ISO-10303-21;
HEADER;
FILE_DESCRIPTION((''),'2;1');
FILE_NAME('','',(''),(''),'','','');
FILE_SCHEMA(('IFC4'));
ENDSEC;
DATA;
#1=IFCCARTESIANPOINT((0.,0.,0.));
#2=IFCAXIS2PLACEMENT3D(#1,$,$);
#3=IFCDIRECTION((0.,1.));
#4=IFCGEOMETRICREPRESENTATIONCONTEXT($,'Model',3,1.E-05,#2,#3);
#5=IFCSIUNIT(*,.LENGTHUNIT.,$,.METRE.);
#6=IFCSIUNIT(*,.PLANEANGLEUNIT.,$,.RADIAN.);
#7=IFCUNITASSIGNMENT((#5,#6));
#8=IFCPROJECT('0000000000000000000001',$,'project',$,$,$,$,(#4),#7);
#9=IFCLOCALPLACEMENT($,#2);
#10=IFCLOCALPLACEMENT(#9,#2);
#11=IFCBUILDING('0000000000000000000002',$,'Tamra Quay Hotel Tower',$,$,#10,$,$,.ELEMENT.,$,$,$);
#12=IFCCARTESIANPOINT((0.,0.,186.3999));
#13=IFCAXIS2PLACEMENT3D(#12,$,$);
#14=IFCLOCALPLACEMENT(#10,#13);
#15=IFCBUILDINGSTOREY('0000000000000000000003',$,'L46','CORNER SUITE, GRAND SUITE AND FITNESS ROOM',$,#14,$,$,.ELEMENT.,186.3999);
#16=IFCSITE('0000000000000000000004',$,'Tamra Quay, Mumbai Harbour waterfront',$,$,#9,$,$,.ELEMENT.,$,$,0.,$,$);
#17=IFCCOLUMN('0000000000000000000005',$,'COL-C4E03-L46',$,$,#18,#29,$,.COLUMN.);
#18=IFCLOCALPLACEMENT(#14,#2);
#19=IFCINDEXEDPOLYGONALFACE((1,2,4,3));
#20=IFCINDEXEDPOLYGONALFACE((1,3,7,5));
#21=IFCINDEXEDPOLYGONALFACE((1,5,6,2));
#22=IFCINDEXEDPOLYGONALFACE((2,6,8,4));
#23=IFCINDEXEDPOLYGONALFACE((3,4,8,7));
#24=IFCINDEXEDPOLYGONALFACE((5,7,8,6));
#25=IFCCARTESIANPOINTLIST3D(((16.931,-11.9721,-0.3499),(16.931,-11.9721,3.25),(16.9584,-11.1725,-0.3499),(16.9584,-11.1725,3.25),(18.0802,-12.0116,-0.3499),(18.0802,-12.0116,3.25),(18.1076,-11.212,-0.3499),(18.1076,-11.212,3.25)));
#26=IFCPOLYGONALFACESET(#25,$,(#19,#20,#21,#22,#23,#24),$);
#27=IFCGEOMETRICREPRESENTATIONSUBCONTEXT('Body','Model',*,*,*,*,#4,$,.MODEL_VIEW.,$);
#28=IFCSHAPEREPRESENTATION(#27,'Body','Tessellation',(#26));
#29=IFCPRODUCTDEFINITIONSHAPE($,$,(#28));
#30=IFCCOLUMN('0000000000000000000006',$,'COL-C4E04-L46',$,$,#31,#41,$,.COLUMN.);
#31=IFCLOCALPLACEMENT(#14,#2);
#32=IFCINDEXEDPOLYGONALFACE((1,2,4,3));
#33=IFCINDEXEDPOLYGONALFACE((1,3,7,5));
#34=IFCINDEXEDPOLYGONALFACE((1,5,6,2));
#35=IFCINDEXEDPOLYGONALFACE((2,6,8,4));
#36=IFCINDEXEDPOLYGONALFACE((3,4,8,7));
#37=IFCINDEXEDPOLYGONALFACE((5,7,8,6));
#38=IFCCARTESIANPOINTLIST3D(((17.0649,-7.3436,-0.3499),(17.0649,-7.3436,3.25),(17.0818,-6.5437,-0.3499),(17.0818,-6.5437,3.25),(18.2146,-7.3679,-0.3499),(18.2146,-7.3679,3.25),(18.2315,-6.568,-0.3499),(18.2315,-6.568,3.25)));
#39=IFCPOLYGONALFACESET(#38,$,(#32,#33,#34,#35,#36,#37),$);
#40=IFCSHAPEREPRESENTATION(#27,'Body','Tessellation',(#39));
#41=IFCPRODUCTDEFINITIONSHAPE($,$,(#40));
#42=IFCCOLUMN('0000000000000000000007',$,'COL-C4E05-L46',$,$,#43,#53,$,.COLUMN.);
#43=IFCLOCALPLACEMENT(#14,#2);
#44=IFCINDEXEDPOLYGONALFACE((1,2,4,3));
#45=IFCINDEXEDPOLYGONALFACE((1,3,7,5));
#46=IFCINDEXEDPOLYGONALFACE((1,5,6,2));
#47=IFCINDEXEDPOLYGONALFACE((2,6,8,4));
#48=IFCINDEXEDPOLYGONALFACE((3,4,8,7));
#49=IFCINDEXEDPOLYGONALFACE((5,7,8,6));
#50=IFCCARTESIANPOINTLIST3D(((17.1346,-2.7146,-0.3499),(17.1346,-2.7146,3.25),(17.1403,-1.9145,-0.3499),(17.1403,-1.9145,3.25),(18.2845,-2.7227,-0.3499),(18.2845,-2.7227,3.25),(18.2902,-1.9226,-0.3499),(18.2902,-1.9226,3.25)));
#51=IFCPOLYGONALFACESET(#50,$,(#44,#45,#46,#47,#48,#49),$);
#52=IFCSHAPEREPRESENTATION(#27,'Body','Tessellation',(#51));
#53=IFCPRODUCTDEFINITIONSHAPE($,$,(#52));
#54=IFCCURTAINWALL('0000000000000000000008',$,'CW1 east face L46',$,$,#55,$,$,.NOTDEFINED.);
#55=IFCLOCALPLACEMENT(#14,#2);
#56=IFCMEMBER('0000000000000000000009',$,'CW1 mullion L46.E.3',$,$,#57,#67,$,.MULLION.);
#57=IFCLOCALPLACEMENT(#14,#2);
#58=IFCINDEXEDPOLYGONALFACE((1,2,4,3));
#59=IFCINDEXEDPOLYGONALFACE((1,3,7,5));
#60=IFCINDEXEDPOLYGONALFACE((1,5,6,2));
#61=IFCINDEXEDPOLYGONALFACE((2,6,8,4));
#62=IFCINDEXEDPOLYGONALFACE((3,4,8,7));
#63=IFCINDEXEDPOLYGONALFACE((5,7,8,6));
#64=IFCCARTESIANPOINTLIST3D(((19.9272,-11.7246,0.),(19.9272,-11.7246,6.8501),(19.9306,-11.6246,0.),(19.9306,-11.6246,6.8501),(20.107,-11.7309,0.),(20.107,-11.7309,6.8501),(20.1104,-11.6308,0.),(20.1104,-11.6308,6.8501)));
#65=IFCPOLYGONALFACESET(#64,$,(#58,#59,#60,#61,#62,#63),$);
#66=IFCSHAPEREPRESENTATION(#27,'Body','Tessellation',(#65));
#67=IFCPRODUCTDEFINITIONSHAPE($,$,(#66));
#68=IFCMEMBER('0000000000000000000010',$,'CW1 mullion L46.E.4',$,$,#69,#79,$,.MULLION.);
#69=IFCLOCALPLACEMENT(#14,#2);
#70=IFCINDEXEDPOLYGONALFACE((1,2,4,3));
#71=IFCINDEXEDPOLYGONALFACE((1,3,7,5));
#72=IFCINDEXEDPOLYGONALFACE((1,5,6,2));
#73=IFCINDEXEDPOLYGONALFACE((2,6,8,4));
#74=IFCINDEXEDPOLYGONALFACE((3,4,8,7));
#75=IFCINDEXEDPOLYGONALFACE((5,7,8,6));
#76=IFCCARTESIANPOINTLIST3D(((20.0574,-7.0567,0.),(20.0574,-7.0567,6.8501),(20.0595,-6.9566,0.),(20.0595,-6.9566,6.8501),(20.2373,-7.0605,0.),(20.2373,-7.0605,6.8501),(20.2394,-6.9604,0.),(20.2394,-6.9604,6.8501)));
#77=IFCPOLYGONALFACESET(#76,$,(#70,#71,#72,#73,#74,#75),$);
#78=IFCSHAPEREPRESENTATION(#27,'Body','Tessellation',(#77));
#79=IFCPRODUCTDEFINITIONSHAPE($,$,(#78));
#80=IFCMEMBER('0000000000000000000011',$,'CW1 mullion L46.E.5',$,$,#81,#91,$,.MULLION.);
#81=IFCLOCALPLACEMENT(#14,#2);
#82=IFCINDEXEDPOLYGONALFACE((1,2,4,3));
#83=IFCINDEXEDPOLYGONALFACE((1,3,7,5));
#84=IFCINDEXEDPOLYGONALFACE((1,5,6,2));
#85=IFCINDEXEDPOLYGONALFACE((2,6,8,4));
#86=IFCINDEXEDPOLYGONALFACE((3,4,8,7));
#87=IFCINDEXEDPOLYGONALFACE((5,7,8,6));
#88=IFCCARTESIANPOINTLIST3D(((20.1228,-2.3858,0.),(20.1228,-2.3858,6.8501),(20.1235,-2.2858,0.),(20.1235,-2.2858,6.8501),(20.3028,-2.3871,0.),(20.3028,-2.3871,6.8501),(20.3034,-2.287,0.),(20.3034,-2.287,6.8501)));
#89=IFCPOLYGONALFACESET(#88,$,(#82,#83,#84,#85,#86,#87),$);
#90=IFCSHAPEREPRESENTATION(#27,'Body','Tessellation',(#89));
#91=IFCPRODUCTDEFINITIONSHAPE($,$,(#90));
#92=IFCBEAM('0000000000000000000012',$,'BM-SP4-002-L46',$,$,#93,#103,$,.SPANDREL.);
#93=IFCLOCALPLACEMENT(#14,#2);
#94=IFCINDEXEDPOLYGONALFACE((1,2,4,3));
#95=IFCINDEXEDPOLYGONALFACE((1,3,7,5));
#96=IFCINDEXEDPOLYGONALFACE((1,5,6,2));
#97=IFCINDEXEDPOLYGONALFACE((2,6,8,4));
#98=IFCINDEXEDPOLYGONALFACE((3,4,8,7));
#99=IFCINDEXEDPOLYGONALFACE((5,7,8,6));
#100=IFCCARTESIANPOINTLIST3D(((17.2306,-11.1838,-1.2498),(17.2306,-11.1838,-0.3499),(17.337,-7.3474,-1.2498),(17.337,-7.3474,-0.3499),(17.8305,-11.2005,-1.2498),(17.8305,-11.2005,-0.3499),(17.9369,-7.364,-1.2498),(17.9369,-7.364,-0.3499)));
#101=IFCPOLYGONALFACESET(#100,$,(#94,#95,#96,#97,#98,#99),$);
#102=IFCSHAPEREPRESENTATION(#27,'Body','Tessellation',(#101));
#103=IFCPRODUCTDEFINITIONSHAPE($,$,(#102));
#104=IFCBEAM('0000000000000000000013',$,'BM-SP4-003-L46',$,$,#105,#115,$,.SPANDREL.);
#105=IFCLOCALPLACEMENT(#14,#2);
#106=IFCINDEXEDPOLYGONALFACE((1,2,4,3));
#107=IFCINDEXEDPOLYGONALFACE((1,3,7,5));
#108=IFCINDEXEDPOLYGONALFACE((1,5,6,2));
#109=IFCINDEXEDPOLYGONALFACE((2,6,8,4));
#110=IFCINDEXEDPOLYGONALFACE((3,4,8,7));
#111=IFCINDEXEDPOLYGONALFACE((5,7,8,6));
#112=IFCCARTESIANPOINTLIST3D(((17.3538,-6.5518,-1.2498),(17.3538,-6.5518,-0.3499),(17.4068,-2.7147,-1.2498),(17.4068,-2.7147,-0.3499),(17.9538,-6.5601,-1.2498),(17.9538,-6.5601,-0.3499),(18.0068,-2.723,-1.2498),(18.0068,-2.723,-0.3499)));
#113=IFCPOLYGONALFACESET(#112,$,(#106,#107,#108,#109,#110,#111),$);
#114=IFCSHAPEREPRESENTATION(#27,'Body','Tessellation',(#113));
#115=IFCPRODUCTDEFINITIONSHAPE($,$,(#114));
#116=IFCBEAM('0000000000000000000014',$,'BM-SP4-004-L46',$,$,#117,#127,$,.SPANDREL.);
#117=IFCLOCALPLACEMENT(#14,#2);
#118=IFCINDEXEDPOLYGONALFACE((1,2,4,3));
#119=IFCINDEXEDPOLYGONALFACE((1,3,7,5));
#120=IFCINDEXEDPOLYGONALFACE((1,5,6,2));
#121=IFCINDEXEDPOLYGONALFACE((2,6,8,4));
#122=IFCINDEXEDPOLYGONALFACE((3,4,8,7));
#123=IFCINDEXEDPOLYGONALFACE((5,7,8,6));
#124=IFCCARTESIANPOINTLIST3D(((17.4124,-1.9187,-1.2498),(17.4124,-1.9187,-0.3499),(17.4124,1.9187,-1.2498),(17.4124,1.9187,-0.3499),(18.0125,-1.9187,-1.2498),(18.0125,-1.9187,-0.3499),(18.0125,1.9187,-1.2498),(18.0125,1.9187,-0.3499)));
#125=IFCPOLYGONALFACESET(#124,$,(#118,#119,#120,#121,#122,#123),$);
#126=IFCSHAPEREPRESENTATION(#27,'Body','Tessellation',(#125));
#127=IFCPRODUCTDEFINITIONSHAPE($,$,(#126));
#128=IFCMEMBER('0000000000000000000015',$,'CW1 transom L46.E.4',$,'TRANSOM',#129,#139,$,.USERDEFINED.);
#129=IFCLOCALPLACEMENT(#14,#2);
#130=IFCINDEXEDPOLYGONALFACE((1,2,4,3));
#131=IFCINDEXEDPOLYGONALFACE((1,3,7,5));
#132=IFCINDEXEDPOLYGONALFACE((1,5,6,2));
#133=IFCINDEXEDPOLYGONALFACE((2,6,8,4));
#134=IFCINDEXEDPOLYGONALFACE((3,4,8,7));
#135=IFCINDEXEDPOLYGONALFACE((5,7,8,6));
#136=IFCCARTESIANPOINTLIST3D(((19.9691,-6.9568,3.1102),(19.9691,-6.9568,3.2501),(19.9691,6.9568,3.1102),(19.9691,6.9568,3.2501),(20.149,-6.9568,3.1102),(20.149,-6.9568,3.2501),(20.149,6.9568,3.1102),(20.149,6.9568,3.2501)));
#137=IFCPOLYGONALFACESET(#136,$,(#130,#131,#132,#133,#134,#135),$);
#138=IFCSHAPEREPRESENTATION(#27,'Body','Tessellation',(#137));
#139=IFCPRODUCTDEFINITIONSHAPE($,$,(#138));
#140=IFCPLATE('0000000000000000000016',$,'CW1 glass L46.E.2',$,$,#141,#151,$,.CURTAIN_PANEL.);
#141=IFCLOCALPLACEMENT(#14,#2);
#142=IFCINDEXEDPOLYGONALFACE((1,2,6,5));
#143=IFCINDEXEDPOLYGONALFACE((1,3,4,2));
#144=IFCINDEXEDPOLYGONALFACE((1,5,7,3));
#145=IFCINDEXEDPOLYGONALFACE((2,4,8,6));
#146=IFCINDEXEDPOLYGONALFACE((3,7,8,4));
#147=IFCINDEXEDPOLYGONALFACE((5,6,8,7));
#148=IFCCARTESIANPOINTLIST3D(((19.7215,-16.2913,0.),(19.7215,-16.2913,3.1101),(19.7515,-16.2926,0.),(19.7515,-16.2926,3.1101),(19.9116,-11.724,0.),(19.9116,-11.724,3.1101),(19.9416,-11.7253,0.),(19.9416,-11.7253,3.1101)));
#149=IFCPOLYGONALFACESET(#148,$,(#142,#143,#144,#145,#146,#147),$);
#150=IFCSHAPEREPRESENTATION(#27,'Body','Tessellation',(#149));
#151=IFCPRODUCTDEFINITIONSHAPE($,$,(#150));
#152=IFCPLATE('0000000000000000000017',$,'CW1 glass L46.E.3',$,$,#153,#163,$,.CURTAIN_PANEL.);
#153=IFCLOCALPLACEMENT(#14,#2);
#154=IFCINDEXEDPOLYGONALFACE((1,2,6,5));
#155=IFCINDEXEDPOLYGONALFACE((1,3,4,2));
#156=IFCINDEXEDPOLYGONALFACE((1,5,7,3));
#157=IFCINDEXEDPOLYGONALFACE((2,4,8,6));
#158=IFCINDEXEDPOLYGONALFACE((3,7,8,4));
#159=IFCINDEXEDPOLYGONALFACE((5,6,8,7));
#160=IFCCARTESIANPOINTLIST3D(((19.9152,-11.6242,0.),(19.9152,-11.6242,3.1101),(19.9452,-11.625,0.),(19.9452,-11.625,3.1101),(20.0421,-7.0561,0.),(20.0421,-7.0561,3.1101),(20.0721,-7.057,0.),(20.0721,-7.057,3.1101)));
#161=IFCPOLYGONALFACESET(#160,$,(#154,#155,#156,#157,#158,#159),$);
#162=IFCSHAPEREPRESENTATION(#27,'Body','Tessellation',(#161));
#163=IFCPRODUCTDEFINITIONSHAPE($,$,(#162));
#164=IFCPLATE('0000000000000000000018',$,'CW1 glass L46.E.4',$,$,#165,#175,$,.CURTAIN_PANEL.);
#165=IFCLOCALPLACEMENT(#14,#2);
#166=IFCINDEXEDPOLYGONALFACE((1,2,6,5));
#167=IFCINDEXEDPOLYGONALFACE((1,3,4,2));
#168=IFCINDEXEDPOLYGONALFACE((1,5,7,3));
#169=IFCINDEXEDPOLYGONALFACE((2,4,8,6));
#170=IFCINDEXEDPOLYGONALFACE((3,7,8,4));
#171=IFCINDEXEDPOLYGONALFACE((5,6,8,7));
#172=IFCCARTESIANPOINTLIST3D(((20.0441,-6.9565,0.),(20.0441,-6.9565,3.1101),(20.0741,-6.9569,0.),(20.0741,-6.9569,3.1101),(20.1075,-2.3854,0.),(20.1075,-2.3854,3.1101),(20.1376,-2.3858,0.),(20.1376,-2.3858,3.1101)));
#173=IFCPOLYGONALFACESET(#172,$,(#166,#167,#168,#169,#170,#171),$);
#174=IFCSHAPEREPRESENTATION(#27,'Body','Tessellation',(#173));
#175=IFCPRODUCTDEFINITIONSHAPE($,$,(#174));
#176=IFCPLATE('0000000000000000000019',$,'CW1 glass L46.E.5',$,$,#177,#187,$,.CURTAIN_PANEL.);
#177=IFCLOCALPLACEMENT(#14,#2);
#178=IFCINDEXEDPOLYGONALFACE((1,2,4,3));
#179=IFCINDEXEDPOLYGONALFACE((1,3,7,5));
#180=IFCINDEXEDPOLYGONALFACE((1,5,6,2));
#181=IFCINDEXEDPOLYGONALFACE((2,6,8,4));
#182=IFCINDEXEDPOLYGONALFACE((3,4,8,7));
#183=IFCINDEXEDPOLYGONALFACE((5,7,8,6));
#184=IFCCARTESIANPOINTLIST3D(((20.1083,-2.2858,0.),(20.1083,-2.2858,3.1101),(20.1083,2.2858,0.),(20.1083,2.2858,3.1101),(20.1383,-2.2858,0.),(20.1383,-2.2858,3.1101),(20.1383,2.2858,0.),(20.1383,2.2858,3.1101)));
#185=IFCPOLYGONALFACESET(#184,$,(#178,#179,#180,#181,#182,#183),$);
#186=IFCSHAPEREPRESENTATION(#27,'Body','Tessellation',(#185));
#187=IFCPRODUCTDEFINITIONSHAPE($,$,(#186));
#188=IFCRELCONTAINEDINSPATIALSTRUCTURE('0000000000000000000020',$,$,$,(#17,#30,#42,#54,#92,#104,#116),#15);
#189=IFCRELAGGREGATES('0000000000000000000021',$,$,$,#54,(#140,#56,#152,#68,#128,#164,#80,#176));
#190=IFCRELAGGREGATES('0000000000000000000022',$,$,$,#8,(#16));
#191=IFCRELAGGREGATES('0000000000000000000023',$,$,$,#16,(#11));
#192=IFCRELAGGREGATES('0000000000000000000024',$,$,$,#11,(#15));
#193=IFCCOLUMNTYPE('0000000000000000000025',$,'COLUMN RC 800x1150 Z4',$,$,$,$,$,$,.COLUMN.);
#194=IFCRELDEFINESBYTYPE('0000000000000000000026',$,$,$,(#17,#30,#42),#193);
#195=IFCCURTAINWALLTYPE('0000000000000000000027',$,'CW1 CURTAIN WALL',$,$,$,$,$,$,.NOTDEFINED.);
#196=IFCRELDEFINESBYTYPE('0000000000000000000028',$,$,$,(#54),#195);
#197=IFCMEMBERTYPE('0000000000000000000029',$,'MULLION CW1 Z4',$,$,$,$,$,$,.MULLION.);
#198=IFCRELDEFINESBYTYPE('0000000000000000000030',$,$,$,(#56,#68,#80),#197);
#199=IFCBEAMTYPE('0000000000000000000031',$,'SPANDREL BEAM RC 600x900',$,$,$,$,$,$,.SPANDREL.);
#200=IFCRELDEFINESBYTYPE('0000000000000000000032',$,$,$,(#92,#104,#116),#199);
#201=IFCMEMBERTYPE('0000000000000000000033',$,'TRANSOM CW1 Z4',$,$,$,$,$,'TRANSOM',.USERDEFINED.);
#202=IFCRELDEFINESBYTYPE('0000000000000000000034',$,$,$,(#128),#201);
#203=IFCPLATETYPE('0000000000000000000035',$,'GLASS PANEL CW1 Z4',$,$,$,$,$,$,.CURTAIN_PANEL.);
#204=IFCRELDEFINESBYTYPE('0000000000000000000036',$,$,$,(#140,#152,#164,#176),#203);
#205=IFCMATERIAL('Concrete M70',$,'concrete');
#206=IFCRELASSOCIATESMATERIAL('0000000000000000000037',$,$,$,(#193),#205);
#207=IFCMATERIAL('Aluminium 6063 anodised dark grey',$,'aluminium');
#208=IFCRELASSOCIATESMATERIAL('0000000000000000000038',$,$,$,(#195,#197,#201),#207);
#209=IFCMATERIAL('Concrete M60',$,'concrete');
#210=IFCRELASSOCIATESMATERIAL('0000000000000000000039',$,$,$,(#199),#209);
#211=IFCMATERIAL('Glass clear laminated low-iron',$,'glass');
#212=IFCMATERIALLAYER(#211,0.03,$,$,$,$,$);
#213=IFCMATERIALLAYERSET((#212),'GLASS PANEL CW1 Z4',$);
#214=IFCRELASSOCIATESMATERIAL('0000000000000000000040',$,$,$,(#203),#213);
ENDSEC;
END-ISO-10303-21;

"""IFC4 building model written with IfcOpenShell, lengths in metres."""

from ifc_helpers import new_model, si_unit, direction, frame, origin, origin_2d, place, context, subcontext, project, spatial, rectangle, extrude, material, layer, layer_set, material_profile, profile_set, type_object, element, aggregate, save


model = new_model("IFC4")

# Units and contexts
model_context = context("Model", 3, precision=1e-05, world=origin(), true_north=direction((0.0, 1.0)))
body_context = subcontext(model_context, "Body", "Model", "MODEL_VIEW")
ifc_project = project(units=[si_unit("LENGTHUNIT", "METRE"), si_unit("PLANEANGLEUNIT", "RADIAN")], contexts=[model_context])

# Site, building, storey
site_placement = place(None, origin())
site = spatial("IfcSite", under=ifc_project, at=site_placement, Name="Tamra Quay, Mumbai Harbour waterfront", CompositionType="ELEMENT", RefElevation=0.0)
building_placement = place(site_placement, origin())
building = spatial("IfcBuilding", under=site, at=building_placement, Name="Tamra Quay Hotel Tower", CompositionType="ELEMENT")
storey_placement = place(building_placement, frame((0.0, 0.0, 186.3999)))
storey = spatial("IfcBuildingStorey", under=building, at=storey_placement, Name="L46", Description="CORNER SUITE, GRAND SUITE AND FITNESS ROOM", CompositionType="ELEMENT", Elevation=186.3999)

# Columns
ifc_material_1 = material(Name="Concrete M70", Category="concrete")
ifc_material_profile_1 = material_profile(ifc_material_1, rectangle(XDim=1.1499, YDim=0.8, at=origin_2d()), Name="COLUMN RC 800x1150 Z4")
ifc_profile_set_1 = profile_set([ifc_material_profile_1], Name="Concrete M70")
column_type = type_object("IfcColumnType", Name="COLUMN RC 800x1150 Z4", PredefinedType="COLUMN", material=ifc_profile_set_1)
for number, where, z_axis, x_axis, name in (
    (1, (17.5193, -11.592, -0.3499), (0.0, 0.0, 1.0), (-0.999412, 0.034299, 0.0), "COL-C4E03-L46"),
    (2, (17.6482, -6.9558, -0.3499), (0.0, 0.0, 1.0), (-0.999777, 0.021115, 0.0), "COL-C4E04-L46"),
    (3, (17.7124, -2.3186, -0.3499), (0.0, 0.0, 1.0), (-0.999975, 0.007041, 0.0), "COL-C4E05-L46"),
):
    element("IfcColumn", number, at=place(storey_placement, frame(where, z_axis=z_axis, x_axis=x_axis)), inside=storey, type_object=column_type, Name=name, PredefinedType="COLUMN", context=body_context, shape_type="SweptSolid", body=[
        extrude(rectangle(XDim=1.1499, YDim=0.8, at=origin_2d()), origin(), (0.0, 0.0, 1.0), 3.5999),
    ])

# Curtain wall, members
ifc_material_2 = material(Name="Aluminium 6063 anodised dark grey", Category="aluminium")
curtain_wall_type = type_object("IfcCurtainWallType", Name="CW1 CURTAIN WALL", PredefinedType="NOTDEFINED", material=ifc_material_2)
curtain_wall_placement = place(storey_placement, origin())
curtain_wall = element("IfcCurtainWall", 4, at=curtain_wall_placement, inside=storey, type_object=curtain_wall_type, Name="CW1 east face L46", PredefinedType="NOTDEFINED")
ifc_material_profile_2 = material_profile(ifc_material_2, rectangle(XDim=0.1799, YDim=0.1001, at=origin_2d()), Name="MULLION 100X180")
ifc_profile_set_2 = profile_set([ifc_material_profile_2], Name="Aluminium 6063 anodised dark grey")
member_type_1 = type_object("IfcMemberType", Name="MULLION CW1 Z4", PredefinedType="MULLION", material=ifc_profile_set_2)
member_1_placement = place(storey_placement, frame((20.0188, -11.6777, 0.0), z_axis=(0.0, 0.0, 1.0), x_axis=(0.999399, -0.034677, 0.0)))
member_1 = element("IfcMember", 5, at=member_1_placement, type_object=member_type_1, Name="CW1 mullion L46.E.3", PredefinedType="MULLION", context=body_context, shape_type="SweptSolid", body=[
    extrude(rectangle(XDim=0.1799, YDim=0.1001, at=origin_2d()), origin(), (0.0, 0.0, 1.0), 6.8501),
])
member_2_placement = place(storey_placement, frame((20.1484, -7.0085, 0.0), z_axis=(0.0, 0.0, 1.0), x_axis=(0.999783, -0.020821, 0.0)))
member_2 = element("IfcMember", 6, at=member_2_placement, type_object=member_type_1, Name="CW1 mullion L46.E.4", PredefinedType="MULLION", context=body_context, shape_type="SweptSolid", body=[
    extrude(rectangle(XDim=0.1799, YDim=0.1001, at=origin_2d()), origin(), (0.0, 0.0, 1.0), 6.8501),
])
member_3_placement = place(storey_placement, frame((20.2131, -2.3364, 0.0), z_axis=(0.0, 0.0, 1.0), x_axis=(0.999976, -0.006943, 0.0)))
member_3 = element("IfcMember", 7, at=member_3_placement, type_object=member_type_1, Name="CW1 mullion L46.E.5", PredefinedType="MULLION", context=body_context, shape_type="SweptSolid", body=[
    extrude(rectangle(XDim=0.1799, YDim=0.1001, at=origin_2d()), origin(), (0.0, 0.0, 1.0), 6.8501),
])

# Beams
ifc_material_3 = material(Name="Concrete M60", Category="concrete")
ifc_material_profile_3 = material_profile(ifc_material_3, rectangle(XDim=0.6001, YDim=0.8999, at=origin_2d()), Name="SPANDREL BEAM RC 600x900")
ifc_profile_set_3 = profile_set([ifc_material_profile_3], Name="Concrete M60")
beam_type = type_object("IfcBeamType", Name="SPANDREL BEAM RC 600x900", PredefinedType="SPANDREL", material=ifc_profile_set_3)
beam_placement = place(storey_placement, frame((17.5305, -11.1921, -0.7998), z_axis=(0.027735, 0.999615, 0.0), x_axis=(-0.999615, 0.027735, 0.0)))
element("IfcBeam", 8, at=beam_placement, inside=storey, type_object=beam_type, Name="BM-SP4-002-L46", PredefinedType="SPANDREL", context=body_context, shape_type="SweptSolid", body=[
    extrude(rectangle(XDim=0.6001, YDim=0.8999, at=origin_2d()), origin(), (0.0, 0.0, 1.0), 3.8379),
])
for number, where, z_axis, x_axis, name in (
    (9, (17.6538, -6.5559, -0.7998), (0.013805, 0.999905, 0.0), (-0.999905, 0.013805, 0.0), "BM-SP4-003-L46"),
    (10, (17.7124, -1.9187, -0.7998), (0.0, 1.0, 0.0), (-1.0, 0.0, 0.0), "BM-SP4-004-L46"),
):
    element("IfcBeam", number, at=place(storey_placement, frame(where, z_axis=z_axis, x_axis=x_axis)), inside=storey, type_object=beam_type, Name=name, PredefinedType="SPANDREL", context=body_context, shape_type="SweptSolid", body=[
        extrude(rectangle(XDim=0.6001, YDim=0.8999, at=origin_2d()), origin(), (0.0, 0.0, 1.0), 3.8374),
    ])

# Member
ifc_material_profile_4 = material_profile(ifc_material_2, rectangle(XDim=0.1799, YDim=0.1399, at=origin_2d()), Name="TRANSOM 180X140")
ifc_profile_set_4 = profile_set([ifc_material_profile_4], Name="Aluminium 6063 anodised dark grey")
member_type_2 = type_object("IfcMemberType", Name="TRANSOM CW1 Z4", ElementType="TRANSOM", PredefinedType="USERDEFINED", material=ifc_profile_set_4)
member_4_placement = place(storey_placement, frame((20.0591, -6.9568, 3.1802), z_axis=(0.0, 1.0, 0.0), x_axis=(-1.0, 0.0, 0.0)))
member_4 = element("IfcMember", 11, at=member_4_placement, type_object=member_type_2, Name="CW1 transom L46.E.4", ObjectType="TRANSOM", PredefinedType="USERDEFINED", context=body_context, shape_type="SweptSolid", body=[
    extrude(rectangle(XDim=0.1799, YDim=0.1399, at=origin_2d()), origin(), (0.0, 0.0, 1.0), 13.9136),
])

# Plates
ifc_material_4 = material(Name="Glass clear laminated low-iron", Category="glass")
ifc_layer_1 = layer(ifc_material_4, 0.03)
ifc_layer_set_1 = layer_set([ifc_layer_1], Name="GLASS PANEL CW1 Z4")
plate_type = type_object("IfcPlateType", Name="GLASS PANEL CW1 Z4", PredefinedType="CURTAIN_PANEL", material=ifc_layer_set_1)
plate_1_placement = place(storey_placement, frame((19.8315, -14.0083, 0.0), z_axis=(0.0, 0.0, 1.0), x_axis=(0.041599, 0.999134, 0.0)))
plate_1 = element("IfcPlate", 12, at=plate_1_placement, type_object=plate_type, Name="CW1 glass L46.E.2", PredefinedType="CURTAIN_PANEL", context=body_context, shape_type="SweptSolid", body=[
    extrude(rectangle(XDim=4.5713, YDim=0.03, at=origin_2d()), origin(), (0.0, 0.0, 1.0), 3.1101),
])
plate_2_placement = place(storey_placement, frame((19.9937, -9.3406, 0.0), z_axis=(0.0, 0.0, 1.0), x_axis=(0.027754, 0.999615, 0.0)))
plate_2 = element("IfcPlate", 13, at=plate_2_placement, type_object=plate_type, Name="CW1 glass L46.E.3", PredefinedType="CURTAIN_PANEL", context=body_context, shape_type="SweptSolid", body=[
    extrude(rectangle(XDim=4.5698, YDim=0.03, at=origin_2d()), origin(), (0.0, 0.0, 1.0), 3.1101),
])
plate_3_placement = place(storey_placement, frame((20.0908, -4.6711, 0.0), z_axis=(0.0, 0.0, 1.0), x_axis=(0.013886, 0.999904, 0.0)))
plate_3 = element("IfcPlate", 14, at=plate_3_placement, type_object=plate_type, Name="CW1 glass L46.E.4", PredefinedType="CURTAIN_PANEL", context=body_context, shape_type="SweptSolid", body=[
    extrude(rectangle(XDim=4.5715, YDim=0.03, at=origin_2d()), origin(), (0.0, 0.0, 1.0), 3.1101),
])
plate_4_placement = place(storey_placement, frame((20.1233, 0.0, 0.0), z_axis=(0.0, 0.0, 1.0), x_axis=(0.0, 1.0, 0.0)))
plate_4 = element("IfcPlate", 15, at=plate_4_placement, type_object=plate_type, Name="CW1 glass L46.E.5", PredefinedType="CURTAIN_PANEL", context=body_context, shape_type="SweptSolid", body=[
    extrude(rectangle(XDim=4.5715, YDim=0.03, at=origin_2d()), origin(), (0.0, 0.0, 1.0), 3.1101),
])
aggregate(curtain_wall, [plate_1, member_1, plate_2, member_2, member_4, plate_3, member_3, plate_4])

save(model, "model.ifc")
